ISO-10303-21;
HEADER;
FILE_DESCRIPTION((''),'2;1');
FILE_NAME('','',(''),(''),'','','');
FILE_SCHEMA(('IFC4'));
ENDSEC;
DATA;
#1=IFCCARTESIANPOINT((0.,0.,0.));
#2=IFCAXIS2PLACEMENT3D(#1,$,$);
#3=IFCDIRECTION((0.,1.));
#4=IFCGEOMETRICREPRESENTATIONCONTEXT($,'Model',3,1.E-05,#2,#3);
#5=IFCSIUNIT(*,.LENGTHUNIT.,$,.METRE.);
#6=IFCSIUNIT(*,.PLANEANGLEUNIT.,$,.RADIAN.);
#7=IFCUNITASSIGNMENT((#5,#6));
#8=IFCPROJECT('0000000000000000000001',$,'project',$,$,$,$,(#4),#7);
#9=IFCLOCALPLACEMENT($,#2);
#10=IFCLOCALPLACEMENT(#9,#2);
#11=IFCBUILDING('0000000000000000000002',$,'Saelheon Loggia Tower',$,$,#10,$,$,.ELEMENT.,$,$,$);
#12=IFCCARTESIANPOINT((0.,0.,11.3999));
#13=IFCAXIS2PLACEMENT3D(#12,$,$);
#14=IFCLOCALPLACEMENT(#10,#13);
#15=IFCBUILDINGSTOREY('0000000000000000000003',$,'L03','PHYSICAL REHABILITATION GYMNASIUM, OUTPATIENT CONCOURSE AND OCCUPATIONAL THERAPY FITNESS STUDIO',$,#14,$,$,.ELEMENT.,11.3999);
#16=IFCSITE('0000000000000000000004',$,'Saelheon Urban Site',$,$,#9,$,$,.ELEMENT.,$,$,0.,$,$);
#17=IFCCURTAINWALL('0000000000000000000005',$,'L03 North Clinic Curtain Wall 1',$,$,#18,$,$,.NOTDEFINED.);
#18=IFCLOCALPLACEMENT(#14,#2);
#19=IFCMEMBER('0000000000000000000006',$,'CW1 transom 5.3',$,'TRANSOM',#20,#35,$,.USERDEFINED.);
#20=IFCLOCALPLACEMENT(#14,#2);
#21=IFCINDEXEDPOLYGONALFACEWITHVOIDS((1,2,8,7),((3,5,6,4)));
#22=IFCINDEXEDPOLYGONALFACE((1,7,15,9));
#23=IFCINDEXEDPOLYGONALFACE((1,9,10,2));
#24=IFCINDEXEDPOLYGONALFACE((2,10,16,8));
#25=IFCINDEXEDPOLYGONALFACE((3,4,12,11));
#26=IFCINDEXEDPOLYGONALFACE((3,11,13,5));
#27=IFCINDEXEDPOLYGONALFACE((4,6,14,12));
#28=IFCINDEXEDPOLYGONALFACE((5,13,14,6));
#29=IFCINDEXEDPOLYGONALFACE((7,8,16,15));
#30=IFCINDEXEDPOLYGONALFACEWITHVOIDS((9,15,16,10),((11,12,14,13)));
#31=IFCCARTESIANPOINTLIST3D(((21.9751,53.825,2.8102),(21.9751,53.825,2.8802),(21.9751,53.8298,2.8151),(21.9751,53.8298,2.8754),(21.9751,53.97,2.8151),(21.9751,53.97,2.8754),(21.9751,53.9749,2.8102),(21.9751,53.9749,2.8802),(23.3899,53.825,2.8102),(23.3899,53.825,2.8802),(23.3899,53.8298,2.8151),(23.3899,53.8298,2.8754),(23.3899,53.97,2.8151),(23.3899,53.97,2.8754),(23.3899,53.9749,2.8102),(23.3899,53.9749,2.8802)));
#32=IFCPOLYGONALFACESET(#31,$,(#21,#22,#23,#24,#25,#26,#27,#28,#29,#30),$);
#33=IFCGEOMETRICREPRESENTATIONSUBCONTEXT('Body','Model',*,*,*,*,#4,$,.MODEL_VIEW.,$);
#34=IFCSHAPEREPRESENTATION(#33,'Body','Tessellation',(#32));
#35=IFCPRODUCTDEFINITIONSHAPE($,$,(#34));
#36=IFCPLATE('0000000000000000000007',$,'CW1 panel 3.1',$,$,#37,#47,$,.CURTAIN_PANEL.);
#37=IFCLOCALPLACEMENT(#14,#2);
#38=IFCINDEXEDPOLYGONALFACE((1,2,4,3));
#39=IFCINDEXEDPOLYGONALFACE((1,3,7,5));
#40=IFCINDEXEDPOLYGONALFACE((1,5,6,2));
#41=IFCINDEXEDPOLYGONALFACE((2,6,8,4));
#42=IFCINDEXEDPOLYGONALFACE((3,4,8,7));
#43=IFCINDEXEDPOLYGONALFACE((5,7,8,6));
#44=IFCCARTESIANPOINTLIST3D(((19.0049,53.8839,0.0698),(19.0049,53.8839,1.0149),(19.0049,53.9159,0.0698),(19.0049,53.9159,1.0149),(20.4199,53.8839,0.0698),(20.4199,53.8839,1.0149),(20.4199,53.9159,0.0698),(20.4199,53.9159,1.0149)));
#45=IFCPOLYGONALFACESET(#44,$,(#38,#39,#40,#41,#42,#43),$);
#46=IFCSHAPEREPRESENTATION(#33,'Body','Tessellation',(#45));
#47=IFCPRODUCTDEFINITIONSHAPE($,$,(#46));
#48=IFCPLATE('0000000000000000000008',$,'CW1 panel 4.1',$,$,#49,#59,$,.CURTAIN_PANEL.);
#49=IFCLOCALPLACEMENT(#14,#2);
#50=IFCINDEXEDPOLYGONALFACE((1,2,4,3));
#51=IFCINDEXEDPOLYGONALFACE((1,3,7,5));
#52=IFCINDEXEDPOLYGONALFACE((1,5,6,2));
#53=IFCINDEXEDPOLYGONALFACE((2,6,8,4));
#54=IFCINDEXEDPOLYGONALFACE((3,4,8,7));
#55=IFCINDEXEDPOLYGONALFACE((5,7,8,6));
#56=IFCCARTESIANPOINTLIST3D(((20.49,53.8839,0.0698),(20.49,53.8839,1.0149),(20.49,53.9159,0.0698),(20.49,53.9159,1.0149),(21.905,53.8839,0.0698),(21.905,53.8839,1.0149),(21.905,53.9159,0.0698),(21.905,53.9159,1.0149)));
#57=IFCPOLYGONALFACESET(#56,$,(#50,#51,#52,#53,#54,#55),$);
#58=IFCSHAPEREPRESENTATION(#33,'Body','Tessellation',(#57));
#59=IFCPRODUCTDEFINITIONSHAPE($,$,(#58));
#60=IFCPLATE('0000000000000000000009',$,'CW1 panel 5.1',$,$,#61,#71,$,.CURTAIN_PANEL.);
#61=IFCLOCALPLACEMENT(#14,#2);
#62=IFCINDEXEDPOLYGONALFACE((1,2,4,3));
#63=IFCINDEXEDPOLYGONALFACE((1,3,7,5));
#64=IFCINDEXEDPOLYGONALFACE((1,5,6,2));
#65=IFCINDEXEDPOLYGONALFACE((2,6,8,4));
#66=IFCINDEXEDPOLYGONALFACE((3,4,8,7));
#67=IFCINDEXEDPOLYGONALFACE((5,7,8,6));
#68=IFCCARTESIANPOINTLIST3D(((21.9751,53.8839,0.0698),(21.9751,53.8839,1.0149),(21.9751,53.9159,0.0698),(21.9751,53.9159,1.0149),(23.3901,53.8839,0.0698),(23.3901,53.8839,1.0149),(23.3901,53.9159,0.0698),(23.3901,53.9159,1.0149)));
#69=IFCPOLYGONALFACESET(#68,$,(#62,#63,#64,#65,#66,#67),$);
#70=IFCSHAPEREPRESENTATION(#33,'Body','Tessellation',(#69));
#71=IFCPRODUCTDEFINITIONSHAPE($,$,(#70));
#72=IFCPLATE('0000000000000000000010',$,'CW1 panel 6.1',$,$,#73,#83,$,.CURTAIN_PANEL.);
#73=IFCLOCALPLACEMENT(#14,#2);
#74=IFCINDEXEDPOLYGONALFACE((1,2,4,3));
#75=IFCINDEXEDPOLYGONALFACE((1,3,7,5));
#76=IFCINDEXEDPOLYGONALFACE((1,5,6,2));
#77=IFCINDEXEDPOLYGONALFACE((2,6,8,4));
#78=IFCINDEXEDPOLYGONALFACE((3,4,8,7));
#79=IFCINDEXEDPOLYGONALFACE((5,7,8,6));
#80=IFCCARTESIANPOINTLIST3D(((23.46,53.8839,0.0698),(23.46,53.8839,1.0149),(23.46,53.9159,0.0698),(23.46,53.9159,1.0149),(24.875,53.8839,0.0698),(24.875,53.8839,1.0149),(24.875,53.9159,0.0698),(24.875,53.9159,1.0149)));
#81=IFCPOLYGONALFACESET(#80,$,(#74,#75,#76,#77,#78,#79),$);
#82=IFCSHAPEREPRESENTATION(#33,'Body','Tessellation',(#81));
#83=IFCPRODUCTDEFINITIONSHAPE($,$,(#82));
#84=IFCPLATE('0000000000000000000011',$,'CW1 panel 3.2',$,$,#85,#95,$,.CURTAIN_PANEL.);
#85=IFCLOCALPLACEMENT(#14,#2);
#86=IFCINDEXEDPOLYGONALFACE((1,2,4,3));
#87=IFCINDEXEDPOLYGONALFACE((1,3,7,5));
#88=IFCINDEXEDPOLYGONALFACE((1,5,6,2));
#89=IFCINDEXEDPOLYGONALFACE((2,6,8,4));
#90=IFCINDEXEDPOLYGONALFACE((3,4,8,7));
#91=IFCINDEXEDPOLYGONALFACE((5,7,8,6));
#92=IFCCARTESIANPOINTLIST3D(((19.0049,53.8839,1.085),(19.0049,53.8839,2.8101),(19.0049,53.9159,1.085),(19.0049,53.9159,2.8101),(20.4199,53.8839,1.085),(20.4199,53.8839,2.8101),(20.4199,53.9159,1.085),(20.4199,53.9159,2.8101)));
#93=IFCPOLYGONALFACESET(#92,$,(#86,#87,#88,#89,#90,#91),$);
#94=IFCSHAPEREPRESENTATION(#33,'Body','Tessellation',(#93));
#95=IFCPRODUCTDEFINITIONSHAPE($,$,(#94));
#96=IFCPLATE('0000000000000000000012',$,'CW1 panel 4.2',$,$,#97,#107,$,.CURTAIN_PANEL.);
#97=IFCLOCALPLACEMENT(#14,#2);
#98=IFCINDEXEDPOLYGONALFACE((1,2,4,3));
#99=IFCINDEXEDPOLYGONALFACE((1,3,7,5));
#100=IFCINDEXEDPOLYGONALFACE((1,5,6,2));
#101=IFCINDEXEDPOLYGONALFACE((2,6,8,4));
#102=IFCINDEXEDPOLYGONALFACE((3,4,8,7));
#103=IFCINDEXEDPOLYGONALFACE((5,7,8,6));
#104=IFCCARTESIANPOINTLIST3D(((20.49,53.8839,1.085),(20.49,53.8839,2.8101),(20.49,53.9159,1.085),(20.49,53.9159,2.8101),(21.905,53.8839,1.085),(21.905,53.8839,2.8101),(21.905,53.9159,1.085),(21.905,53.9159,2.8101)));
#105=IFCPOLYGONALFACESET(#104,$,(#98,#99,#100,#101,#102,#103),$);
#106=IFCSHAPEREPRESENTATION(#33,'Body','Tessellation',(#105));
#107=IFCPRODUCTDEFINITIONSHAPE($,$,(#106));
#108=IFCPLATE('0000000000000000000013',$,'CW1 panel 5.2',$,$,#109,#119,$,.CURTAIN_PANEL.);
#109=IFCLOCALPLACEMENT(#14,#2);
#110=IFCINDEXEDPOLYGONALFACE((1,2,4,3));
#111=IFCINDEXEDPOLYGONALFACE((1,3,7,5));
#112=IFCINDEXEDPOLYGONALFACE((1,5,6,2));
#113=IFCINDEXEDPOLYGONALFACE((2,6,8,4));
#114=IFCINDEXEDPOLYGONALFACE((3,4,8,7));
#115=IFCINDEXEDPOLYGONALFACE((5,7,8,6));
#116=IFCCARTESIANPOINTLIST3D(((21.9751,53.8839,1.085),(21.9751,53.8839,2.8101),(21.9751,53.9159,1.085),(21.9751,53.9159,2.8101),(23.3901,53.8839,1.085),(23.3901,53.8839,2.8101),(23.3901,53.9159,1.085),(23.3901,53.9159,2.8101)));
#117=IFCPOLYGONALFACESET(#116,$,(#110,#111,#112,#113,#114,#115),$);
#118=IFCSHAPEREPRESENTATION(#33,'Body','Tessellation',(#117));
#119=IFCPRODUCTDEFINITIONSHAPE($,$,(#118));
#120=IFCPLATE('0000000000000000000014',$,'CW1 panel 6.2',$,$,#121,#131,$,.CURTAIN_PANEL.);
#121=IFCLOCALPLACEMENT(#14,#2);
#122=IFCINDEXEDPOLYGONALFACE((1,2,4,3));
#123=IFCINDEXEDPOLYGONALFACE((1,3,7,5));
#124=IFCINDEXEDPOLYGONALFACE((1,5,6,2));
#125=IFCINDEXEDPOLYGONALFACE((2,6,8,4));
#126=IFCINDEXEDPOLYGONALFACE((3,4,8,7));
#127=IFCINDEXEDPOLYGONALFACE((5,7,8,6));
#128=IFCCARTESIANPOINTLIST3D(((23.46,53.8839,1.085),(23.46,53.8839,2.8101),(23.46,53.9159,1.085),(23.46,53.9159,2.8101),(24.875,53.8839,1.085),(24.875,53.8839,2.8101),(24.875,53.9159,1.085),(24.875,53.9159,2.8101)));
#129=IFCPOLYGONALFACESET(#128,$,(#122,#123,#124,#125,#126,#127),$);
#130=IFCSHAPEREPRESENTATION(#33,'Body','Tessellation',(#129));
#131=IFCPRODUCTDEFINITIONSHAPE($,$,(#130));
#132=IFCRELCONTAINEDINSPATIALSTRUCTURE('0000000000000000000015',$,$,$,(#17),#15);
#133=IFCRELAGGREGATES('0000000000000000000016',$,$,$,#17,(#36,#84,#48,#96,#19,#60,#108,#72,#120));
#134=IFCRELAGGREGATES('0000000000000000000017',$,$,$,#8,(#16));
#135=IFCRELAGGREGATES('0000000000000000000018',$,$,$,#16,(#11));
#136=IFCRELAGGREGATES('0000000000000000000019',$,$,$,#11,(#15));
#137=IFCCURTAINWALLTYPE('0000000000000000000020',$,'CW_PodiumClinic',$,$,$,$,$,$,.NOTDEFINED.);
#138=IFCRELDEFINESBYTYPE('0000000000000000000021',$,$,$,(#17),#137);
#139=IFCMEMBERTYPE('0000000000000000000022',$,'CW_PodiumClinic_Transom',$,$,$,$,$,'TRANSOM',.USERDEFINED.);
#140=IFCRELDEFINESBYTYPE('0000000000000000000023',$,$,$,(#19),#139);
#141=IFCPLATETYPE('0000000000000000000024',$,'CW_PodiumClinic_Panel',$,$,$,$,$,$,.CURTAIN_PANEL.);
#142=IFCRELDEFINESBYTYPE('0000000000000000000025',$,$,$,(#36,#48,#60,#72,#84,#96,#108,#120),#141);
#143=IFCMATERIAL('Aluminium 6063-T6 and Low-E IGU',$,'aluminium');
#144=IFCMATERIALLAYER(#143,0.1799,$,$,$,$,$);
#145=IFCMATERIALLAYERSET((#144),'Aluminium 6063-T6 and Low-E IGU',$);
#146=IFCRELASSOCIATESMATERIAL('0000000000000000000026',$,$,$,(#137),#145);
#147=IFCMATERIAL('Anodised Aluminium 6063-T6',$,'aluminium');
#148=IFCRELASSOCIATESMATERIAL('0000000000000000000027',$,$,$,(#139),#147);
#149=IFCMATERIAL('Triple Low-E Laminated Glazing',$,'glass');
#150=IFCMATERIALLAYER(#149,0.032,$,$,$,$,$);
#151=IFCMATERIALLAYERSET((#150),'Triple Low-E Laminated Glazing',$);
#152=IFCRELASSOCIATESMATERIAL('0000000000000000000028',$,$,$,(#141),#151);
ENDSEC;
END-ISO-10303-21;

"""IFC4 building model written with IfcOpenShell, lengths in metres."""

from ifc_helpers import new_model, si_unit, direction, frame, origin, origin_2d, place, context, subcontext, project, spatial, rectangle, hollow_rectangle, extrude, source, transform, mapped, material, layer, layer_set, material_profile, profile_set, type_object, element, aggregate, save


model = new_model("IFC4")

# Units and contexts
model_context = context("Model", 3, precision=1e-05, world=origin(), true_north=direction((0.0, 1.0)))
body_context = subcontext(model_context, "Body", "Model", "MODEL_VIEW")
ifc_project = project(units=[si_unit("LENGTHUNIT", "METRE"), si_unit("PLANEANGLEUNIT", "RADIAN")], contexts=[model_context])

# Site, building, storey
site_placement = place(None, origin())
site = spatial("IfcSite", under=ifc_project, at=site_placement, Name="Saelheon Urban Site", CompositionType="ELEMENT", RefElevation=0.0)
building_placement = place(site_placement, origin())
building = spatial("IfcBuilding", under=site, at=building_placement, Name="Saelheon Loggia Tower", CompositionType="ELEMENT")
storey_placement = place(building_placement, frame((0.0, 0.0, 11.3999)))
storey = spatial("IfcBuildingStorey", under=building, at=storey_placement, Name="L03", Description="PHYSICAL REHABILITATION GYMNASIUM, OUTPATIENT CONCOURSE AND OCCUPATIONAL THERAPY FITNESS STUDIO", CompositionType="ELEMENT", Elevation=11.3999)

# Curtain wall, member, plates
ifc_material_1 = material(Name="Aluminium 6063-T6 and Low-E IGU", Category="aluminium")
ifc_layer_1 = layer(ifc_material_1, 0.1799)
ifc_layer_set_1 = layer_set([ifc_layer_1], Name="Aluminium 6063-T6 and Low-E IGU")
curtain_wall_type = type_object("IfcCurtainWallType", Name="CW_PodiumClinic", PredefinedType="NOTDEFINED", material=ifc_layer_set_1)
curtain_wall_placement = place(storey_placement, origin())
curtain_wall = element("IfcCurtainWall", 1, at=curtain_wall_placement, inside=storey, type_object=curtain_wall_type, Name="L03 North Clinic Curtain Wall 1", PredefinedType="NOTDEFINED")
ifc_material_2 = material(Name="Anodised Aluminium 6063-T6", Category="aluminium")
ifc_material_profile_1 = material_profile(ifc_material_2, hollow_rectangle(XDim=0.0701, YDim=0.1499, WallThickness=0.0049, at=origin_2d()), Name="RHS-150x70x5")
ifc_profile_set_1 = profile_set([ifc_material_profile_1], Name="Anodised Aluminium 6063-T6")
member_type_1 = type_object("IfcMemberType", Name="CW_PodiumClinic_Transom", ElementType="TRANSOM", PredefinedType="USERDEFINED", material=ifc_profile_set_1)
shared_shape_1 = source(origin(), body_context, "Body", "SweptSolid", [
    extrude(hollow_rectangle(XDim=0.0701, YDim=0.1499, WallThickness=0.0049, at=origin_2d()), origin(), (0.0, 0.0, 1.0), 1.4148),
])
member_1_placement = place(storey_placement, frame((21.9751, 53.8999, 2.8452), z_axis=(1.0, 0.0, 0.0), x_axis=(0.0, 0.0, 1.0)))
member_1 = element("IfcMember", 2, at=member_1_placement, type_object=member_type_1, Name="CW1 transom 5.3", ObjectType="TRANSOM", PredefinedType="USERDEFINED", context=body_context, shape_type="MappedRepresentation", body=[
    mapped(shared_shape_1, transform((0.0, 0.0, 0.0), scale=1.0)),
])
ifc_material_3 = material(Name="Triple Low-E Laminated Glazing", Category="glass")
ifc_layer_2 = layer(ifc_material_3, 0.032)
ifc_layer_set_2 = layer_set([ifc_layer_2], Name="Triple Low-E Laminated Glazing")
plate_type = type_object("IfcPlateType", Name="CW_PodiumClinic_Panel", PredefinedType="CURTAIN_PANEL", material=ifc_layer_set_2)
shared_shape_2 = source(origin(), body_context, "Body", "SweptSolid", [
    extrude(rectangle(XDim=1.415, YDim=0.032, at=origin_2d()), origin(), (0.0, 0.0, 1.0), 0.9451),
])
plate_1_placement = place(storey_placement, frame((19.7124, 53.8999, 0.0698), z_axis=(0.0, 0.0, 1.0), x_axis=(1.0, 0.0, 0.0)))
plate_1 = element("IfcPlate", 3, at=plate_1_placement, type_object=plate_type, Name="CW1 panel 3.1", PredefinedType="CURTAIN_PANEL", context=body_context, shape_type="MappedRepresentation", body=[
    mapped(shared_shape_2, transform((0.0, 0.0, 0.0), scale=1.0)),
])
plate_2_placement = place(storey_placement, frame((21.1975, 53.8999, 0.0698), z_axis=(0.0, 0.0, 1.0), x_axis=(1.0, 0.0, 0.0)))
plate_2 = element("IfcPlate", 4, at=plate_2_placement, type_object=plate_type, Name="CW1 panel 4.1", PredefinedType="CURTAIN_PANEL", context=body_context, shape_type="MappedRepresentation", body=[
    mapped(shared_shape_2, transform((0.0, 0.0, 0.0), scale=1.0)),
])
plate_3_placement = place(storey_placement, frame((22.6826, 53.8999, 0.0698), z_axis=(0.0, 0.0, 1.0), x_axis=(1.0, 0.0, 0.0)))
plate_3 = element("IfcPlate", 5, at=plate_3_placement, type_object=plate_type, Name="CW1 panel 5.1", PredefinedType="CURTAIN_PANEL", context=body_context, shape_type="MappedRepresentation", body=[
    mapped(shared_shape_2, transform((0.0, 0.0, 0.0), scale=1.0)),
])
plate_4_placement = place(storey_placement, frame((24.1675, 53.8999, 0.0698), z_axis=(0.0, 0.0, 1.0), x_axis=(1.0, 0.0, 0.0)))
plate_4 = element("IfcPlate", 6, at=plate_4_placement, type_object=plate_type, Name="CW1 panel 6.1", PredefinedType="CURTAIN_PANEL", context=body_context, shape_type="MappedRepresentation", body=[
    mapped(shared_shape_2, transform((0.0, 0.0, 0.0), scale=1.0)),
])
shared_shape_3 = source(origin(), body_context, "Body", "SweptSolid", [
    extrude(rectangle(XDim=1.415, YDim=0.032, at=origin_2d()), origin(), (0.0, 0.0, 1.0), 1.7251),
])
plate_5_placement = place(storey_placement, frame((19.7124, 53.8999, 1.085), z_axis=(0.0, 0.0, 1.0), x_axis=(1.0, 0.0, 0.0)))
plate_5 = element("IfcPlate", 7, at=plate_5_placement, type_object=plate_type, Name="CW1 panel 3.2", PredefinedType="CURTAIN_PANEL", context=body_context, shape_type="MappedRepresentation", body=[
    mapped(shared_shape_3, transform((0.0, 0.0, 0.0), scale=1.0)),
])
plate_6_placement = place(storey_placement, frame((21.1975, 53.8999, 1.085), z_axis=(0.0, 0.0, 1.0), x_axis=(1.0, 0.0, 0.0)))
plate_6 = element("IfcPlate", 8, at=plate_6_placement, type_object=plate_type, Name="CW1 panel 4.2", PredefinedType="CURTAIN_PANEL", context=body_context, shape_type="MappedRepresentation", body=[
    mapped(shared_shape_3, transform((0.0, 0.0, 0.0), scale=1.0)),
])
plate_7_placement = place(storey_placement, frame((22.6826, 53.8999, 1.085), z_axis=(0.0, 0.0, 1.0), x_axis=(1.0, 0.0, 0.0)))
plate_7 = element("IfcPlate", 9, at=plate_7_placement, type_object=plate_type, Name="CW1 panel 5.2", PredefinedType="CURTAIN_PANEL", context=body_context, shape_type="MappedRepresentation", body=[
    mapped(shared_shape_3, transform((0.0, 0.0, 0.0), scale=1.0)),
])
plate_8_placement = place(storey_placement, frame((24.1675, 53.8999, 1.085), z_axis=(0.0, 0.0, 1.0), x_axis=(1.0, 0.0, 0.0)))
plate_8 = element("IfcPlate", 10, at=plate_8_placement, type_object=plate_type, Name="CW1 panel 6.2", PredefinedType="CURTAIN_PANEL", context=body_context, shape_type="MappedRepresentation", body=[
    mapped(shared_shape_3, transform((0.0, 0.0, 0.0), scale=1.0)),
])
aggregate(curtain_wall, [plate_1, plate_5, plate_2, plate_6, member_1, plate_3, plate_7, plate_4, plate_8])

save(model, "model.ifc")
